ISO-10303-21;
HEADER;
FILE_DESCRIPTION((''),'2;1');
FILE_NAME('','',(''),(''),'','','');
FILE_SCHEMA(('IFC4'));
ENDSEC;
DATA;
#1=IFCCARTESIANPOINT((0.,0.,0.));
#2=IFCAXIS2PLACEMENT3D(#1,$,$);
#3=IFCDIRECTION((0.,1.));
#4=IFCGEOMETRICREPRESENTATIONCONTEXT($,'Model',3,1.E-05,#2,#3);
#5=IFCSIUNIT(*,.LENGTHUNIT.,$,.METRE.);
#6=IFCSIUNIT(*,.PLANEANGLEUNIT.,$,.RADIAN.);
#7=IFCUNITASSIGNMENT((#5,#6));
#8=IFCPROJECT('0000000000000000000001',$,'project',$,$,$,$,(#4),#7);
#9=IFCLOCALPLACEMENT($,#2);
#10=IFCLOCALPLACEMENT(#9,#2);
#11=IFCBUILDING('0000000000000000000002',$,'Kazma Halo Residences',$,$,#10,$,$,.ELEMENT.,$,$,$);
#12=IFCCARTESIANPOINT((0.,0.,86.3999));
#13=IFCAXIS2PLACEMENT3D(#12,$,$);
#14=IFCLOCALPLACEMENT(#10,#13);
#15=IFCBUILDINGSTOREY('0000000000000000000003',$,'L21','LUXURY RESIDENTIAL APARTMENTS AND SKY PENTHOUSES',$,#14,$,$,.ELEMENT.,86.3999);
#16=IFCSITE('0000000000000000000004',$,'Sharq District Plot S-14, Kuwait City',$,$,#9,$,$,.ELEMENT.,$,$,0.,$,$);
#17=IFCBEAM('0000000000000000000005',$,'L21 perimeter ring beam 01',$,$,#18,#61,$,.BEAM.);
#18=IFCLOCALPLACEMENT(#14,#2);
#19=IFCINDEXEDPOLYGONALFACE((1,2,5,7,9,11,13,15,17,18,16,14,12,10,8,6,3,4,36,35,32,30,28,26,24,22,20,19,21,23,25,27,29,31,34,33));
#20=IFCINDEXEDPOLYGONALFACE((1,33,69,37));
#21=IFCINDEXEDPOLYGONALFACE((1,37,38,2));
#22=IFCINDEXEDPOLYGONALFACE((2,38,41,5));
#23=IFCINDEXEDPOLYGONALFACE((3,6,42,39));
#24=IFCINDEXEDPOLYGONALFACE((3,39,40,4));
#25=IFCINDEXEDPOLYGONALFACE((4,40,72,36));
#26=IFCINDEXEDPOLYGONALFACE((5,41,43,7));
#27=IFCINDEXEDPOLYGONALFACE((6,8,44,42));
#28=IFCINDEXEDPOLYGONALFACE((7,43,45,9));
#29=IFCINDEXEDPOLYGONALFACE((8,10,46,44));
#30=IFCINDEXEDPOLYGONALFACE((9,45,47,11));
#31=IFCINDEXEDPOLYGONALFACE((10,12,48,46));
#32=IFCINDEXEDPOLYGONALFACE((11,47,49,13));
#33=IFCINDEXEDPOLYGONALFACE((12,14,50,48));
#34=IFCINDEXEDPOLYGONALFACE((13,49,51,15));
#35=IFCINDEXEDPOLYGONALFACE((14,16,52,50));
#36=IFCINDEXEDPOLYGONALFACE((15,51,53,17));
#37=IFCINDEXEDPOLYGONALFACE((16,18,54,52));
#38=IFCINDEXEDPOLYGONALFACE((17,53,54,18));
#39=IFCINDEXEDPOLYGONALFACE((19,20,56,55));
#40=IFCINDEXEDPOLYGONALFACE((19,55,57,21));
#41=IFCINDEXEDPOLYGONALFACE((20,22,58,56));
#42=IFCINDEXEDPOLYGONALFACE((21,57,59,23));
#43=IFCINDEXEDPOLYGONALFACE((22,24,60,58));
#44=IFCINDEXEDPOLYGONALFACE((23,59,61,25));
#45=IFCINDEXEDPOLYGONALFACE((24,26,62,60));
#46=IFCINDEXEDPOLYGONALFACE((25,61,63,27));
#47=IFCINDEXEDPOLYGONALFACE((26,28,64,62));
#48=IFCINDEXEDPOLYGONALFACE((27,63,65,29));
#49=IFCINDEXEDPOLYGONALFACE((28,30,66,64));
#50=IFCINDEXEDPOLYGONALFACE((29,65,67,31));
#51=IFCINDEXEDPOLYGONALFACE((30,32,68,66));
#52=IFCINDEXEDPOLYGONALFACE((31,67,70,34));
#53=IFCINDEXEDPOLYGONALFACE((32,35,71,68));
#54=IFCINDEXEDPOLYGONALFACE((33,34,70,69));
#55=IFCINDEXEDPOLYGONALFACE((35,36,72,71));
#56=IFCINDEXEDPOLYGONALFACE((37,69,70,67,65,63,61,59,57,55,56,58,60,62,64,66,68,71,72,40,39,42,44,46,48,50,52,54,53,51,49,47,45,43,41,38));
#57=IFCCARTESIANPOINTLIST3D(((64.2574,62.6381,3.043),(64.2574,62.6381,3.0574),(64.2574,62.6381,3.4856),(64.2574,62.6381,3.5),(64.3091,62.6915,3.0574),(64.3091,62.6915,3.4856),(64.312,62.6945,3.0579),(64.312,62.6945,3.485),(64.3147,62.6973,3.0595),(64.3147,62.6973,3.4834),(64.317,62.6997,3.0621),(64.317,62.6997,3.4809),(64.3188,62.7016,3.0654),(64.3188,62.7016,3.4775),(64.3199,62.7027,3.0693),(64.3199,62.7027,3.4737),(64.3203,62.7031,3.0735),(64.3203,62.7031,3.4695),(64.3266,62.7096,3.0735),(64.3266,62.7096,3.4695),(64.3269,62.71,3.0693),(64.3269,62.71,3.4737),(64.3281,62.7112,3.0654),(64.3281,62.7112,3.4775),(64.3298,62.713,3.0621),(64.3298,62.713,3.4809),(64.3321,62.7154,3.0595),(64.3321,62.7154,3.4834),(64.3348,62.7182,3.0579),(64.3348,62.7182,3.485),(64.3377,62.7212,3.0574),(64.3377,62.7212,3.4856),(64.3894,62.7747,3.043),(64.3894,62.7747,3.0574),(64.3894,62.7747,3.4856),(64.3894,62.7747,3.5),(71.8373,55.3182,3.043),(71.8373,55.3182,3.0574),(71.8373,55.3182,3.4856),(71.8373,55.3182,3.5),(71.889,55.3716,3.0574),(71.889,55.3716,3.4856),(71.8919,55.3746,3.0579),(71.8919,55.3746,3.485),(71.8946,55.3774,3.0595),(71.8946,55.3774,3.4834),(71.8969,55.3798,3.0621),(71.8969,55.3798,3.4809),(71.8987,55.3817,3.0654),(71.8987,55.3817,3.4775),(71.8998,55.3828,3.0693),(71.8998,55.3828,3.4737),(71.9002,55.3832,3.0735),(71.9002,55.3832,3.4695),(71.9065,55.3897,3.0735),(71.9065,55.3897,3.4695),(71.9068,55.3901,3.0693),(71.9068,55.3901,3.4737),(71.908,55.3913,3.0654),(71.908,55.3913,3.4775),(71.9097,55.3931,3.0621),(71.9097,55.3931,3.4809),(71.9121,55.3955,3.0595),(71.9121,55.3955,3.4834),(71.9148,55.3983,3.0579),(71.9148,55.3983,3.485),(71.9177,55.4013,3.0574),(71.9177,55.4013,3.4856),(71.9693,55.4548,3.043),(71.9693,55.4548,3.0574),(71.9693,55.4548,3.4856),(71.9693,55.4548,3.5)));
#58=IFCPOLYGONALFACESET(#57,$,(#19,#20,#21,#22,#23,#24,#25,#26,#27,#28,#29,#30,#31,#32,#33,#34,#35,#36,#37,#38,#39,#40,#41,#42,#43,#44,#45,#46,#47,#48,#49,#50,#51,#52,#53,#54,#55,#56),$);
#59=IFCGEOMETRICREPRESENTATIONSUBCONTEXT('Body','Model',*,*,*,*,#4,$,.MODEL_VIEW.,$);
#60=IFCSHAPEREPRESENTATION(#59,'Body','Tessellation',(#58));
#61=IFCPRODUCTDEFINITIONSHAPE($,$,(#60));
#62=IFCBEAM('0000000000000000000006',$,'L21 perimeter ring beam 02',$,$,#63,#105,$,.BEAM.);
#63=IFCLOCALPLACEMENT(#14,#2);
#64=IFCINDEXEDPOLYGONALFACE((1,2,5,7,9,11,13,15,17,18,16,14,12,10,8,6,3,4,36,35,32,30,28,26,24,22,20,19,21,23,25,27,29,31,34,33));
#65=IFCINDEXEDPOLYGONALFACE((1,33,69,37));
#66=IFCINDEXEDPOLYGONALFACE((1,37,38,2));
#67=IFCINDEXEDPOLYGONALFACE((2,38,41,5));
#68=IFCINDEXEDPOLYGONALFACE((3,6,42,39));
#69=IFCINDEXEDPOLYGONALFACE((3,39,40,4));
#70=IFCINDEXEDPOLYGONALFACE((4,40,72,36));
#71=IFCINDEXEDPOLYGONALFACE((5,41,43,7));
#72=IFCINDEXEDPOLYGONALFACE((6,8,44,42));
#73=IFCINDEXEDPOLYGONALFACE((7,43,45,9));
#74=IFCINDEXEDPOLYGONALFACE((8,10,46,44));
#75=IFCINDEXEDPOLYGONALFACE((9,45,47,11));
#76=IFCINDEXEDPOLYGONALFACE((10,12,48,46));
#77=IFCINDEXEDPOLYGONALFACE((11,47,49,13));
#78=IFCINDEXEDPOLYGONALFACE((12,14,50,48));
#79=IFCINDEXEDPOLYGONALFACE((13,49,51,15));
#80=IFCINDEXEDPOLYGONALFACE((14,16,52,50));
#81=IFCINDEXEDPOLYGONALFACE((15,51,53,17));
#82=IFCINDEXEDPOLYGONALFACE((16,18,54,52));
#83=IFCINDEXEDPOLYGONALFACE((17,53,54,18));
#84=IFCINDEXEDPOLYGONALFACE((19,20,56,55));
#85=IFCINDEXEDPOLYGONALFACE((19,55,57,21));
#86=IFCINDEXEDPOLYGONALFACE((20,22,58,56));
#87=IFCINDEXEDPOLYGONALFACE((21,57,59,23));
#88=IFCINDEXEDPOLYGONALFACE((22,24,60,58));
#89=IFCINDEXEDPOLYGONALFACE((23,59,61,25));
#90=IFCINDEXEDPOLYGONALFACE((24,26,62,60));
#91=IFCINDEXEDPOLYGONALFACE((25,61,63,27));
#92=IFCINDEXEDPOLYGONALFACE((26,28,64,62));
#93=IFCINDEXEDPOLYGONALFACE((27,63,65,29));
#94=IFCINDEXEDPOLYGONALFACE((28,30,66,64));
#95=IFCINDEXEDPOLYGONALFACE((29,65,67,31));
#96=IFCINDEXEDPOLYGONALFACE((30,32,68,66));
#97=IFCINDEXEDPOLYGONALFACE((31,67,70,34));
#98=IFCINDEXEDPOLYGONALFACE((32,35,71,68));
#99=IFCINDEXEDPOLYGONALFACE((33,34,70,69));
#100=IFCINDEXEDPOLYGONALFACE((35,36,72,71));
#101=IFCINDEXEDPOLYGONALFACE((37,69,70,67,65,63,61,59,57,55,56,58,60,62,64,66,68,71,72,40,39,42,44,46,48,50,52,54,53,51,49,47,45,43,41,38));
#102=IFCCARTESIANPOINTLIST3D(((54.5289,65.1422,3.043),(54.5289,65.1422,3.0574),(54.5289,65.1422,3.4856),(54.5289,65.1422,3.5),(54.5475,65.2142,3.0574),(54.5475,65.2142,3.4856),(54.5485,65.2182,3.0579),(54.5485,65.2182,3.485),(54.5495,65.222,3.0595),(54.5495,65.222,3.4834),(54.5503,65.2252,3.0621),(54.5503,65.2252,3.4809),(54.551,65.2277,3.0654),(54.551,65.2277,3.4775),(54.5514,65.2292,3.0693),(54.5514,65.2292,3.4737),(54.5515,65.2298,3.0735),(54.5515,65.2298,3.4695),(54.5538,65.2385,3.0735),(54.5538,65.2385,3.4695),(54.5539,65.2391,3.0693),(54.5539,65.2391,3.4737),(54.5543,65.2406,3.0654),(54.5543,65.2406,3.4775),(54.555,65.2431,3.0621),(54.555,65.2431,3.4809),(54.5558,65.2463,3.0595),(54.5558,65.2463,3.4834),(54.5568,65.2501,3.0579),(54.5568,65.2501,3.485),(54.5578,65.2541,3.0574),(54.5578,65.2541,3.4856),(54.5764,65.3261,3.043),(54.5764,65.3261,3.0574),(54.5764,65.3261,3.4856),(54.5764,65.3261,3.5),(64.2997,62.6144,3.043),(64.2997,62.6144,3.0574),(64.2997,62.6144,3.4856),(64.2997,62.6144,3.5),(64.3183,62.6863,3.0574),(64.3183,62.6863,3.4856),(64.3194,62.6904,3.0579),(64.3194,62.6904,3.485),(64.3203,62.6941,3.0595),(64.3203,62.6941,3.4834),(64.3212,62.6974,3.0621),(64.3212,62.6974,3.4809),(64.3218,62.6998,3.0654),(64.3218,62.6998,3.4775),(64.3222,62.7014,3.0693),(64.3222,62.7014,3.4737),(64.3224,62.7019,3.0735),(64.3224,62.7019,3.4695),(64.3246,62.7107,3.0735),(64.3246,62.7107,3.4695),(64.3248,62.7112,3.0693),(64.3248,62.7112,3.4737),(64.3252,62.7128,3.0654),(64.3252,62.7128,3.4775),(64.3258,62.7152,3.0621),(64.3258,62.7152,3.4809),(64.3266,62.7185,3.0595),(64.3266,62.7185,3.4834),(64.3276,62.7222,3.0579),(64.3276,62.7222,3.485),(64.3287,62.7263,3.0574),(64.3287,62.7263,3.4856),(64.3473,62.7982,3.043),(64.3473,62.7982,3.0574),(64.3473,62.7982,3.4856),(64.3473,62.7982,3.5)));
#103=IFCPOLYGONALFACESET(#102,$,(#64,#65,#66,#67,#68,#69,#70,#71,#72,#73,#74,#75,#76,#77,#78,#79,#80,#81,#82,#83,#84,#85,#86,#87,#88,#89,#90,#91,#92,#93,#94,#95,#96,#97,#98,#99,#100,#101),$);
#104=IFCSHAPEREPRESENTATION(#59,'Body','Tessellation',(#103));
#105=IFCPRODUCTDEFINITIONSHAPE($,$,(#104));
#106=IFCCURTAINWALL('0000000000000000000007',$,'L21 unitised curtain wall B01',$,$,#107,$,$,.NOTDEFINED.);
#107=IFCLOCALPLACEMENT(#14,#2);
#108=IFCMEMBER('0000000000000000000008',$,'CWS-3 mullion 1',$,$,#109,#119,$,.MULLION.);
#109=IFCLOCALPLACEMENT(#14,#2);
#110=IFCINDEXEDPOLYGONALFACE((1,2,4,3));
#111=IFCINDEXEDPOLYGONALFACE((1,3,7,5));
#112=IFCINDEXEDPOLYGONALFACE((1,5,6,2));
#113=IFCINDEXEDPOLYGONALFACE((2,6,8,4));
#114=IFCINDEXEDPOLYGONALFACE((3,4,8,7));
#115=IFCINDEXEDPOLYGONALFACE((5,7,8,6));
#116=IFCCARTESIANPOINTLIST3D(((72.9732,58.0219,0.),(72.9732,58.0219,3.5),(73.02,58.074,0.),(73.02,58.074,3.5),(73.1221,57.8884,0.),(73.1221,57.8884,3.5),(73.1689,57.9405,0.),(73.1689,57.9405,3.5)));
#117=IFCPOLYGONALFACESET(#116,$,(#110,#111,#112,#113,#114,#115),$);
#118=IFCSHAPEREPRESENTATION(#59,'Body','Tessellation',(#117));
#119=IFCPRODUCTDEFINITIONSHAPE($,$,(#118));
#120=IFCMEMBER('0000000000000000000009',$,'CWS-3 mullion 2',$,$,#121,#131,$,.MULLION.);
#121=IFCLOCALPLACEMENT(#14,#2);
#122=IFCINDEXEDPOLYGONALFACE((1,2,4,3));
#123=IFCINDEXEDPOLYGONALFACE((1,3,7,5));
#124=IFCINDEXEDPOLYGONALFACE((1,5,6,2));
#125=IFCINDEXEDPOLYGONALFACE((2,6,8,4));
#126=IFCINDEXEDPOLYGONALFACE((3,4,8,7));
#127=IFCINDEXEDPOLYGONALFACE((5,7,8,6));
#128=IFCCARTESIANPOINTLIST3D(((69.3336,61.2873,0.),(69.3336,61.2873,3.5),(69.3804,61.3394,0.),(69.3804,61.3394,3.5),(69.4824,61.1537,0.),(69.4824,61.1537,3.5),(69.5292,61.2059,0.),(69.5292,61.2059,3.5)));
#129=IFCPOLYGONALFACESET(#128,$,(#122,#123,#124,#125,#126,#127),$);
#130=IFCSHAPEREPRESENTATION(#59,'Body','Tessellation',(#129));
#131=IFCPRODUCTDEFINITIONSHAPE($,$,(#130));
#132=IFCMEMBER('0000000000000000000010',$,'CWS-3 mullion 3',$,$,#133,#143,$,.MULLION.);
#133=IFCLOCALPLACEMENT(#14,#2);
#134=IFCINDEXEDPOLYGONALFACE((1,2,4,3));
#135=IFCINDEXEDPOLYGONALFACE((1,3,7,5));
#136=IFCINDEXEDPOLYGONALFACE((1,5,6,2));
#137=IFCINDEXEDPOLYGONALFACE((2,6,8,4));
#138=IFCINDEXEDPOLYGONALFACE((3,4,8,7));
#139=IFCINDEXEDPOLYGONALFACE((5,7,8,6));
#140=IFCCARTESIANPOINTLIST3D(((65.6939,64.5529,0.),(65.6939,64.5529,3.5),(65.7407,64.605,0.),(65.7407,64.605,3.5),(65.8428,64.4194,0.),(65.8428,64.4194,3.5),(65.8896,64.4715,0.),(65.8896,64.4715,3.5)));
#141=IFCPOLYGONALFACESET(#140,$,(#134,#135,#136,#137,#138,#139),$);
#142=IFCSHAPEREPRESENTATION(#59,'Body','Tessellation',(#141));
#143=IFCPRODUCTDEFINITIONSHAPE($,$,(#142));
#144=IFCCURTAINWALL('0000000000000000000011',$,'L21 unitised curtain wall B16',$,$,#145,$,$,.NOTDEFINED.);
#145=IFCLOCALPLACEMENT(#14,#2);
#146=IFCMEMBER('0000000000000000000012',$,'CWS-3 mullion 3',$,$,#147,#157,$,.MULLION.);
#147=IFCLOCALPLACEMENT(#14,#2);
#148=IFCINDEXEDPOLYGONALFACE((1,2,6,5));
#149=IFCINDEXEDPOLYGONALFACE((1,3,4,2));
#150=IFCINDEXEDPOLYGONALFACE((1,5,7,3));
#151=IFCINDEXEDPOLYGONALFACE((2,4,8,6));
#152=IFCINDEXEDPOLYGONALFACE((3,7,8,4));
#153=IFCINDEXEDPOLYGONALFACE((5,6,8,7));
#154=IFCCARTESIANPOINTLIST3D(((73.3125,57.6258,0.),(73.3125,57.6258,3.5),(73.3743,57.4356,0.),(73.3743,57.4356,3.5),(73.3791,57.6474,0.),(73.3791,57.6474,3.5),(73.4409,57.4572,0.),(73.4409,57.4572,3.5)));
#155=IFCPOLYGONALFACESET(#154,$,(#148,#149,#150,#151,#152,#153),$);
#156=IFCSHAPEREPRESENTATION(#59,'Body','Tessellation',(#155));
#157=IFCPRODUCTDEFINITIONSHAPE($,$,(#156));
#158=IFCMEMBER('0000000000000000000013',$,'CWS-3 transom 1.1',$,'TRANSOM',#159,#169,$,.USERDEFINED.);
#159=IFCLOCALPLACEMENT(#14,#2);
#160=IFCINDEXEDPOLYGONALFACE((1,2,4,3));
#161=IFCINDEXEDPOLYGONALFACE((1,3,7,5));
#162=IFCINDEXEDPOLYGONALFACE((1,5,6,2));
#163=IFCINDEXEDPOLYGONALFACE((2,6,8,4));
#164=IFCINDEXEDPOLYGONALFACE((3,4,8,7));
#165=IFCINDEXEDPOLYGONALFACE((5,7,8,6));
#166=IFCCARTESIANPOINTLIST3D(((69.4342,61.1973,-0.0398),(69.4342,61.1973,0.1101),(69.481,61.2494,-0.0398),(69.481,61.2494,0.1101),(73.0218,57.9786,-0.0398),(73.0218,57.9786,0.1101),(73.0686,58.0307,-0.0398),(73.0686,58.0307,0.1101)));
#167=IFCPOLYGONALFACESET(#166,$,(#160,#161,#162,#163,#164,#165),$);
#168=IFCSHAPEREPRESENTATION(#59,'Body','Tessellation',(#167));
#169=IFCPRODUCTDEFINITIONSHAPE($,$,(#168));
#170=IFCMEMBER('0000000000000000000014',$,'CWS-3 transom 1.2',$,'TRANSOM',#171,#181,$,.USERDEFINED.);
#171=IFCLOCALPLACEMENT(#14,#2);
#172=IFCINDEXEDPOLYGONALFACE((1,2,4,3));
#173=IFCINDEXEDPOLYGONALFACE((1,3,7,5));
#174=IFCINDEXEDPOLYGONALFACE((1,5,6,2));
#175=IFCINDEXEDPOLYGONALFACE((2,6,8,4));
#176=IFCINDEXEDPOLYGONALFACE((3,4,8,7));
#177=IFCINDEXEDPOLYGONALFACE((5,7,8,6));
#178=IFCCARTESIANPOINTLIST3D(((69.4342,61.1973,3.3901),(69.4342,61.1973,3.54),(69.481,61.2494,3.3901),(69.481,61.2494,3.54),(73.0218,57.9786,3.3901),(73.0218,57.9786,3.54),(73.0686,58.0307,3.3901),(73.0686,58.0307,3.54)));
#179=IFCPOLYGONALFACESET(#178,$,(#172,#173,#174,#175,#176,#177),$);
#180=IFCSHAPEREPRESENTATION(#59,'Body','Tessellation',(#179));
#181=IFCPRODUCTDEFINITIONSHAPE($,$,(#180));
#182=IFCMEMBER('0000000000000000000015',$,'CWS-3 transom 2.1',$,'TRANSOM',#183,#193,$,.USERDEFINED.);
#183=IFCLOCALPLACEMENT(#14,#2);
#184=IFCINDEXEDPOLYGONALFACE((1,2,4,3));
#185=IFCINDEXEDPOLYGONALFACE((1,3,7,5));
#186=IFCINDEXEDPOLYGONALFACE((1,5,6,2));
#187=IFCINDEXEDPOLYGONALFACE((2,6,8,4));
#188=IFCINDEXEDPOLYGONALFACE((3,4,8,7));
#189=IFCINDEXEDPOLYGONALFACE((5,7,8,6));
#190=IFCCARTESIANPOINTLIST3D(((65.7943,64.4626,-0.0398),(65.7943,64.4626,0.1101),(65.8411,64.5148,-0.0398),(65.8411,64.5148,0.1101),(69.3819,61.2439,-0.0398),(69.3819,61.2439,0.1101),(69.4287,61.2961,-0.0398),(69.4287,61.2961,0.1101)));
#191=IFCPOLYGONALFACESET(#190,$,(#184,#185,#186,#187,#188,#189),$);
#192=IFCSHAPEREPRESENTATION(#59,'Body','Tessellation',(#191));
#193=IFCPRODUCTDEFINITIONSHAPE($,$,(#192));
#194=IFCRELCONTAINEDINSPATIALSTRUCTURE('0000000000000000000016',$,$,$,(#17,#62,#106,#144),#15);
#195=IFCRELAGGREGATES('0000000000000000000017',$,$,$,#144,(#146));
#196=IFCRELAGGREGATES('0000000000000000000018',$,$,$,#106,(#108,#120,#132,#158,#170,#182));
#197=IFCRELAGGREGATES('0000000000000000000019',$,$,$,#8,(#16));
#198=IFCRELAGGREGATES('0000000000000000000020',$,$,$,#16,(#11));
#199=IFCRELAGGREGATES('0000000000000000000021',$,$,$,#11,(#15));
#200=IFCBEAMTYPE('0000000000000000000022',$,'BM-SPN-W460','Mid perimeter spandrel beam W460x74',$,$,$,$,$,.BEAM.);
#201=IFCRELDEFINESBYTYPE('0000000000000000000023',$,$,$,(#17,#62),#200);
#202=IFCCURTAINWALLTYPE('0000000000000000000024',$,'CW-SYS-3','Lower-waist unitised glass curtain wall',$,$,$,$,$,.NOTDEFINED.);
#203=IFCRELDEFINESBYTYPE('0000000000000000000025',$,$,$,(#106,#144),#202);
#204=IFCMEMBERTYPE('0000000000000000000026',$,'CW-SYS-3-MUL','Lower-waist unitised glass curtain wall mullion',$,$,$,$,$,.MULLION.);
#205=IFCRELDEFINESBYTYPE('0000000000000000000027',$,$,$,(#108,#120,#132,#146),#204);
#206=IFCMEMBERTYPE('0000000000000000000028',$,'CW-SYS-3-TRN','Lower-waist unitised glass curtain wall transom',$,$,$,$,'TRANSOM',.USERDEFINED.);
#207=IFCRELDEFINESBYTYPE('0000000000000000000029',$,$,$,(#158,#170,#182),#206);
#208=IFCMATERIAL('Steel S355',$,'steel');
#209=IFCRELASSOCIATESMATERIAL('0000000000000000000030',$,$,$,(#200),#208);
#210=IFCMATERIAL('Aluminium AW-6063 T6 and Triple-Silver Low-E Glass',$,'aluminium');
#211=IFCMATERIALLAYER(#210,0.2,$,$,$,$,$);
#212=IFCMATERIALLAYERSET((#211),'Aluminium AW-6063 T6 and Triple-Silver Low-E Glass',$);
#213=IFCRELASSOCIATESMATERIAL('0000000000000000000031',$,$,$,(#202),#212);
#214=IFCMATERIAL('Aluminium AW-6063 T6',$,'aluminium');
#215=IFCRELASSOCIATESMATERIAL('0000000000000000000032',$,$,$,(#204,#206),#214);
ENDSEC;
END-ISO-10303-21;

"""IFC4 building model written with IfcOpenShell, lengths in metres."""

from ifc_helpers import new_model, si_unit, direction, frame, origin, origin_2d, place, context, subcontext, project, spatial, rectangle, i_section, extrude, material, layer, layer_set, material_profile, profile_set, type_object, element, aggregate, save


model = new_model("IFC4")

# Units and contexts
model_context = context("Model", 3, precision=1e-05, world=origin(), true_north=direction((0.0, 1.0)))
body_context = subcontext(model_context, "Body", "Model", "MODEL_VIEW")
ifc_project = project(units=[si_unit("LENGTHUNIT", "METRE"), si_unit("PLANEANGLEUNIT", "RADIAN")], contexts=[model_context])

# Site, building, storey
site_placement = place(None, origin())
site = spatial("IfcSite", under=ifc_project, at=site_placement, Name="Sharq District Plot S-14, Kuwait City", CompositionType="ELEMENT", RefElevation=0.0)
building_placement = place(site_placement, origin())
building = spatial("IfcBuilding", under=site, at=building_placement, Name="Kazma Halo Residences", CompositionType="ELEMENT")
storey_placement = place(building_placement, frame((0.0, 0.0, 86.3999)))
storey = spatial("IfcBuildingStorey", under=building, at=storey_placement, Name="L21", Description="LUXURY RESIDENTIAL APARTMENTS AND SKY PENTHOUSES", CompositionType="ELEMENT", Elevation=86.3999)

# Beams
ifc_material_1 = material(Name="Steel S355", Category="steel")
ifc_material_profile_1 = material_profile(ifc_material_1, i_section(OverallWidth=0.1899, OverallDepth=0.457, WebThickness=0.009, FlangeThickness=0.0144, FilletRadius=0.0161, at=origin_2d()), Name="W460x74")
ifc_profile_set_1 = profile_set([ifc_material_profile_1], Name="Steel S355")
beam_type_1 = type_object("IfcBeamType", Name="BM-SPN-W460", Description="Mid perimeter spandrel beam W460x74", PredefinedType="BEAM", material=ifc_profile_set_1)
beam_1_placement = place(storey_placement, frame((71.9033, 55.3865, 3.2715), z_axis=(-0.719337, 0.694661, 0.0), x_axis=(-0.694661, -0.719337, 0.0)))
element("IfcBeam", 1, at=beam_1_placement, inside=storey, type_object=beam_type_1, Name="L21 perimeter ring beam 01", PredefinedType="BEAM", context=body_context, shape_type="SweptSolid", body=[
    extrude(i_section(OverallWidth=0.1899, OverallDepth=0.457, WebThickness=0.009, FlangeThickness=0.0144, FilletRadius=0.0161, at=origin_2d()), origin(), (0.0, 0.0, 1.0), 10.5374),
])
beam_2_placement = place(storey_placement, frame((64.3235, 62.7063, 3.2715), z_axis=(-0.968125, 0.250468, 0.0), x_axis=(-0.250468, -0.968125, 0.0)))
element("IfcBeam", 2, at=beam_2_placement, inside=storey, type_object=beam_type_1, Name="L21 perimeter ring beam 02", PredefinedType="BEAM", context=body_context, shape_type="SweptSolid", body=[
    extrude(i_section(OverallWidth=0.1899, OverallDepth=0.457, WebThickness=0.009, FlangeThickness=0.0144, FilletRadius=0.0161, at=origin_2d()), origin(), (0.0, 0.0, 1.0), 10.0925),
])

# Curtain wall, members
ifc_material_2 = material(Name="Aluminium AW-6063 T6 and Triple-Silver Low-E Glass", Category="aluminium")
ifc_layer_1 = layer(ifc_material_2, 0.2)
ifc_layer_set_1 = layer_set([ifc_layer_1], Name="Aluminium AW-6063 T6 and Triple-Silver Low-E Glass")
curtain_wall_type = type_object("IfcCurtainWallType", Name="CW-SYS-3", Description="Lower-waist unitised glass curtain wall", PredefinedType="NOTDEFINED", material=ifc_layer_set_1)
curtain_wall_1_placement = place(storey_placement, origin())
curtain_wall_1 = element("IfcCurtainWall", 3, at=curtain_wall_1_placement, inside=storey, type_object=curtain_wall_type, Name="L21 unitised curtain wall B01", PredefinedType="NOTDEFINED")
ifc_material_3 = material(Name="Aluminium AW-6063 T6", Category="aluminium")
ifc_material_profile_2 = material_profile(ifc_material_3, rectangle(XDim=0.0701, YDim=0.2, at=origin_2d()), Name="CWM-70x200")
ifc_profile_set_2 = profile_set([ifc_material_profile_2], Name="Aluminium AW-6063 T6")
member_type_1 = type_object("IfcMemberType", Name="CW-SYS-3-MUL", Description="Lower-waist unitised glass curtain wall mullion", PredefinedType="MULLION", material=ifc_profile_set_2)
member_1_placement = place(storey_placement, frame((73.071, 57.9812, 0.0), z_axis=(0.0, 0.0, 1.0), x_axis=(-0.667795, -0.744345, 0.0)))
member_1 = element("IfcMember", 4, at=member_1_placement, type_object=member_type_1, Name="CWS-3 mullion 1", PredefinedType="MULLION", context=body_context, shape_type="SweptSolid", body=[
    extrude(rectangle(XDim=0.0701, YDim=0.2, at=origin_2d()), origin(), (0.0, 0.0, 1.0), 3.5),
])
member_2_placement = place(storey_placement, frame((69.4314, 61.2466, 0.0), z_axis=(0.0, 0.0, 1.0), x_axis=(-0.667795, -0.744345, 0.0)))
member_2 = element("IfcMember", 5, at=member_2_placement, type_object=member_type_1, Name="CWS-3 mullion 2", PredefinedType="MULLION", context=body_context, shape_type="SweptSolid", body=[
    extrude(rectangle(XDim=0.0701, YDim=0.2, at=origin_2d()), origin(), (0.0, 0.0, 1.0), 3.5),
])
member_3_placement = place(storey_placement, frame((65.7917, 64.5122, 0.0), z_axis=(0.0, 0.0, 1.0), x_axis=(-0.667795, -0.744345, 0.0)))
member_3 = element("IfcMember", 6, at=member_3_placement, type_object=member_type_1, Name="CWS-3 mullion 3", PredefinedType="MULLION", context=body_context, shape_type="SweptSolid", body=[
    extrude(rectangle(XDim=0.0701, YDim=0.2, at=origin_2d()), origin(), (0.0, 0.0, 1.0), 3.5),
])

# Curtain wall, member
curtain_wall_2_placement = place(storey_placement, origin())
curtain_wall_2 = element("IfcCurtainWall", 7, at=curtain_wall_2_placement, inside=storey, type_object=curtain_wall_type, Name="L21 unitised curtain wall B16", PredefinedType="NOTDEFINED")
member_4_placement = place(storey_placement, frame((73.3767, 57.5415, 0.0), z_axis=(0.0, 0.0, 1.0), x_axis=(-0.951058, -0.309013, 0.0)))
member_4 = element("IfcMember", 8, at=member_4_placement, type_object=member_type_1, Name="CWS-3 mullion 3", PredefinedType="MULLION", context=body_context, shape_type="SweptSolid", body=[
    extrude(rectangle(XDim=0.0701, YDim=0.2, at=origin_2d()), origin(), (0.0, 0.0, 1.0), 3.5),
])
aggregate(curtain_wall_2, [member_4])

# Members
ifc_material_profile_3 = material_profile(ifc_material_3, rectangle(XDim=0.0701, YDim=0.1499, at=origin_2d()), Name="CWT-70x150")
ifc_profile_set_3 = profile_set([ifc_material_profile_3], Name="Aluminium AW-6063 T6")
member_type_2 = type_object("IfcMemberType", Name="CW-SYS-3-TRN", Description="Lower-waist unitised glass curtain wall transom", ElementType="TRANSOM", PredefinedType="USERDEFINED", material=ifc_profile_set_3)
member_5_placement = place(storey_placement, frame((73.0452, 58.0046, 0.0352), z_axis=(-0.744338, 0.667803, 0.0), x_axis=(-0.667803, -0.744338, 0.0)))
member_5 = element("IfcMember", 9, at=member_5_placement, type_object=member_type_2, Name="CWS-3 transom 1.1", ObjectType="TRANSOM", PredefinedType="USERDEFINED", context=body_context, shape_type="SweptSolid", body=[
    extrude(rectangle(XDim=0.0701, YDim=0.1499, at=origin_2d()), origin(), (0.0, 0.0, 1.0), 4.8198),
])
member_6_placement = place(storey_placement, frame((73.0452, 58.0046, 3.4651), z_axis=(-0.744338, 0.667803, 0.0), x_axis=(-0.667803, -0.744338, 0.0)))
member_6 = element("IfcMember", 10, at=member_6_placement, type_object=member_type_2, Name="CWS-3 transom 1.2", ObjectType="TRANSOM", PredefinedType="USERDEFINED", context=body_context, shape_type="SweptSolid", body=[
    extrude(rectangle(XDim=0.0701, YDim=0.1499, at=origin_2d()), origin(), (0.0, 0.0, 1.0), 4.8198),
])
member_7_placement = place(storey_placement, frame((69.4053, 61.27, 0.0352), z_axis=(-0.744338, 0.667803, 0.0), x_axis=(-0.667803, -0.744338, 0.0)))
member_7 = element("IfcMember", 11, at=member_7_placement, type_object=member_type_2, Name="CWS-3 transom 2.1", ObjectType="TRANSOM", PredefinedType="USERDEFINED", context=body_context, shape_type="SweptSolid", body=[
    extrude(rectangle(XDim=0.0701, YDim=0.1499, at=origin_2d()), origin(), (0.0, 0.0, 1.0), 4.8198),
])

aggregate(curtain_wall_1, [member_1, member_2, member_3, member_5, member_6, member_7])

save(model, "model.ifc")
